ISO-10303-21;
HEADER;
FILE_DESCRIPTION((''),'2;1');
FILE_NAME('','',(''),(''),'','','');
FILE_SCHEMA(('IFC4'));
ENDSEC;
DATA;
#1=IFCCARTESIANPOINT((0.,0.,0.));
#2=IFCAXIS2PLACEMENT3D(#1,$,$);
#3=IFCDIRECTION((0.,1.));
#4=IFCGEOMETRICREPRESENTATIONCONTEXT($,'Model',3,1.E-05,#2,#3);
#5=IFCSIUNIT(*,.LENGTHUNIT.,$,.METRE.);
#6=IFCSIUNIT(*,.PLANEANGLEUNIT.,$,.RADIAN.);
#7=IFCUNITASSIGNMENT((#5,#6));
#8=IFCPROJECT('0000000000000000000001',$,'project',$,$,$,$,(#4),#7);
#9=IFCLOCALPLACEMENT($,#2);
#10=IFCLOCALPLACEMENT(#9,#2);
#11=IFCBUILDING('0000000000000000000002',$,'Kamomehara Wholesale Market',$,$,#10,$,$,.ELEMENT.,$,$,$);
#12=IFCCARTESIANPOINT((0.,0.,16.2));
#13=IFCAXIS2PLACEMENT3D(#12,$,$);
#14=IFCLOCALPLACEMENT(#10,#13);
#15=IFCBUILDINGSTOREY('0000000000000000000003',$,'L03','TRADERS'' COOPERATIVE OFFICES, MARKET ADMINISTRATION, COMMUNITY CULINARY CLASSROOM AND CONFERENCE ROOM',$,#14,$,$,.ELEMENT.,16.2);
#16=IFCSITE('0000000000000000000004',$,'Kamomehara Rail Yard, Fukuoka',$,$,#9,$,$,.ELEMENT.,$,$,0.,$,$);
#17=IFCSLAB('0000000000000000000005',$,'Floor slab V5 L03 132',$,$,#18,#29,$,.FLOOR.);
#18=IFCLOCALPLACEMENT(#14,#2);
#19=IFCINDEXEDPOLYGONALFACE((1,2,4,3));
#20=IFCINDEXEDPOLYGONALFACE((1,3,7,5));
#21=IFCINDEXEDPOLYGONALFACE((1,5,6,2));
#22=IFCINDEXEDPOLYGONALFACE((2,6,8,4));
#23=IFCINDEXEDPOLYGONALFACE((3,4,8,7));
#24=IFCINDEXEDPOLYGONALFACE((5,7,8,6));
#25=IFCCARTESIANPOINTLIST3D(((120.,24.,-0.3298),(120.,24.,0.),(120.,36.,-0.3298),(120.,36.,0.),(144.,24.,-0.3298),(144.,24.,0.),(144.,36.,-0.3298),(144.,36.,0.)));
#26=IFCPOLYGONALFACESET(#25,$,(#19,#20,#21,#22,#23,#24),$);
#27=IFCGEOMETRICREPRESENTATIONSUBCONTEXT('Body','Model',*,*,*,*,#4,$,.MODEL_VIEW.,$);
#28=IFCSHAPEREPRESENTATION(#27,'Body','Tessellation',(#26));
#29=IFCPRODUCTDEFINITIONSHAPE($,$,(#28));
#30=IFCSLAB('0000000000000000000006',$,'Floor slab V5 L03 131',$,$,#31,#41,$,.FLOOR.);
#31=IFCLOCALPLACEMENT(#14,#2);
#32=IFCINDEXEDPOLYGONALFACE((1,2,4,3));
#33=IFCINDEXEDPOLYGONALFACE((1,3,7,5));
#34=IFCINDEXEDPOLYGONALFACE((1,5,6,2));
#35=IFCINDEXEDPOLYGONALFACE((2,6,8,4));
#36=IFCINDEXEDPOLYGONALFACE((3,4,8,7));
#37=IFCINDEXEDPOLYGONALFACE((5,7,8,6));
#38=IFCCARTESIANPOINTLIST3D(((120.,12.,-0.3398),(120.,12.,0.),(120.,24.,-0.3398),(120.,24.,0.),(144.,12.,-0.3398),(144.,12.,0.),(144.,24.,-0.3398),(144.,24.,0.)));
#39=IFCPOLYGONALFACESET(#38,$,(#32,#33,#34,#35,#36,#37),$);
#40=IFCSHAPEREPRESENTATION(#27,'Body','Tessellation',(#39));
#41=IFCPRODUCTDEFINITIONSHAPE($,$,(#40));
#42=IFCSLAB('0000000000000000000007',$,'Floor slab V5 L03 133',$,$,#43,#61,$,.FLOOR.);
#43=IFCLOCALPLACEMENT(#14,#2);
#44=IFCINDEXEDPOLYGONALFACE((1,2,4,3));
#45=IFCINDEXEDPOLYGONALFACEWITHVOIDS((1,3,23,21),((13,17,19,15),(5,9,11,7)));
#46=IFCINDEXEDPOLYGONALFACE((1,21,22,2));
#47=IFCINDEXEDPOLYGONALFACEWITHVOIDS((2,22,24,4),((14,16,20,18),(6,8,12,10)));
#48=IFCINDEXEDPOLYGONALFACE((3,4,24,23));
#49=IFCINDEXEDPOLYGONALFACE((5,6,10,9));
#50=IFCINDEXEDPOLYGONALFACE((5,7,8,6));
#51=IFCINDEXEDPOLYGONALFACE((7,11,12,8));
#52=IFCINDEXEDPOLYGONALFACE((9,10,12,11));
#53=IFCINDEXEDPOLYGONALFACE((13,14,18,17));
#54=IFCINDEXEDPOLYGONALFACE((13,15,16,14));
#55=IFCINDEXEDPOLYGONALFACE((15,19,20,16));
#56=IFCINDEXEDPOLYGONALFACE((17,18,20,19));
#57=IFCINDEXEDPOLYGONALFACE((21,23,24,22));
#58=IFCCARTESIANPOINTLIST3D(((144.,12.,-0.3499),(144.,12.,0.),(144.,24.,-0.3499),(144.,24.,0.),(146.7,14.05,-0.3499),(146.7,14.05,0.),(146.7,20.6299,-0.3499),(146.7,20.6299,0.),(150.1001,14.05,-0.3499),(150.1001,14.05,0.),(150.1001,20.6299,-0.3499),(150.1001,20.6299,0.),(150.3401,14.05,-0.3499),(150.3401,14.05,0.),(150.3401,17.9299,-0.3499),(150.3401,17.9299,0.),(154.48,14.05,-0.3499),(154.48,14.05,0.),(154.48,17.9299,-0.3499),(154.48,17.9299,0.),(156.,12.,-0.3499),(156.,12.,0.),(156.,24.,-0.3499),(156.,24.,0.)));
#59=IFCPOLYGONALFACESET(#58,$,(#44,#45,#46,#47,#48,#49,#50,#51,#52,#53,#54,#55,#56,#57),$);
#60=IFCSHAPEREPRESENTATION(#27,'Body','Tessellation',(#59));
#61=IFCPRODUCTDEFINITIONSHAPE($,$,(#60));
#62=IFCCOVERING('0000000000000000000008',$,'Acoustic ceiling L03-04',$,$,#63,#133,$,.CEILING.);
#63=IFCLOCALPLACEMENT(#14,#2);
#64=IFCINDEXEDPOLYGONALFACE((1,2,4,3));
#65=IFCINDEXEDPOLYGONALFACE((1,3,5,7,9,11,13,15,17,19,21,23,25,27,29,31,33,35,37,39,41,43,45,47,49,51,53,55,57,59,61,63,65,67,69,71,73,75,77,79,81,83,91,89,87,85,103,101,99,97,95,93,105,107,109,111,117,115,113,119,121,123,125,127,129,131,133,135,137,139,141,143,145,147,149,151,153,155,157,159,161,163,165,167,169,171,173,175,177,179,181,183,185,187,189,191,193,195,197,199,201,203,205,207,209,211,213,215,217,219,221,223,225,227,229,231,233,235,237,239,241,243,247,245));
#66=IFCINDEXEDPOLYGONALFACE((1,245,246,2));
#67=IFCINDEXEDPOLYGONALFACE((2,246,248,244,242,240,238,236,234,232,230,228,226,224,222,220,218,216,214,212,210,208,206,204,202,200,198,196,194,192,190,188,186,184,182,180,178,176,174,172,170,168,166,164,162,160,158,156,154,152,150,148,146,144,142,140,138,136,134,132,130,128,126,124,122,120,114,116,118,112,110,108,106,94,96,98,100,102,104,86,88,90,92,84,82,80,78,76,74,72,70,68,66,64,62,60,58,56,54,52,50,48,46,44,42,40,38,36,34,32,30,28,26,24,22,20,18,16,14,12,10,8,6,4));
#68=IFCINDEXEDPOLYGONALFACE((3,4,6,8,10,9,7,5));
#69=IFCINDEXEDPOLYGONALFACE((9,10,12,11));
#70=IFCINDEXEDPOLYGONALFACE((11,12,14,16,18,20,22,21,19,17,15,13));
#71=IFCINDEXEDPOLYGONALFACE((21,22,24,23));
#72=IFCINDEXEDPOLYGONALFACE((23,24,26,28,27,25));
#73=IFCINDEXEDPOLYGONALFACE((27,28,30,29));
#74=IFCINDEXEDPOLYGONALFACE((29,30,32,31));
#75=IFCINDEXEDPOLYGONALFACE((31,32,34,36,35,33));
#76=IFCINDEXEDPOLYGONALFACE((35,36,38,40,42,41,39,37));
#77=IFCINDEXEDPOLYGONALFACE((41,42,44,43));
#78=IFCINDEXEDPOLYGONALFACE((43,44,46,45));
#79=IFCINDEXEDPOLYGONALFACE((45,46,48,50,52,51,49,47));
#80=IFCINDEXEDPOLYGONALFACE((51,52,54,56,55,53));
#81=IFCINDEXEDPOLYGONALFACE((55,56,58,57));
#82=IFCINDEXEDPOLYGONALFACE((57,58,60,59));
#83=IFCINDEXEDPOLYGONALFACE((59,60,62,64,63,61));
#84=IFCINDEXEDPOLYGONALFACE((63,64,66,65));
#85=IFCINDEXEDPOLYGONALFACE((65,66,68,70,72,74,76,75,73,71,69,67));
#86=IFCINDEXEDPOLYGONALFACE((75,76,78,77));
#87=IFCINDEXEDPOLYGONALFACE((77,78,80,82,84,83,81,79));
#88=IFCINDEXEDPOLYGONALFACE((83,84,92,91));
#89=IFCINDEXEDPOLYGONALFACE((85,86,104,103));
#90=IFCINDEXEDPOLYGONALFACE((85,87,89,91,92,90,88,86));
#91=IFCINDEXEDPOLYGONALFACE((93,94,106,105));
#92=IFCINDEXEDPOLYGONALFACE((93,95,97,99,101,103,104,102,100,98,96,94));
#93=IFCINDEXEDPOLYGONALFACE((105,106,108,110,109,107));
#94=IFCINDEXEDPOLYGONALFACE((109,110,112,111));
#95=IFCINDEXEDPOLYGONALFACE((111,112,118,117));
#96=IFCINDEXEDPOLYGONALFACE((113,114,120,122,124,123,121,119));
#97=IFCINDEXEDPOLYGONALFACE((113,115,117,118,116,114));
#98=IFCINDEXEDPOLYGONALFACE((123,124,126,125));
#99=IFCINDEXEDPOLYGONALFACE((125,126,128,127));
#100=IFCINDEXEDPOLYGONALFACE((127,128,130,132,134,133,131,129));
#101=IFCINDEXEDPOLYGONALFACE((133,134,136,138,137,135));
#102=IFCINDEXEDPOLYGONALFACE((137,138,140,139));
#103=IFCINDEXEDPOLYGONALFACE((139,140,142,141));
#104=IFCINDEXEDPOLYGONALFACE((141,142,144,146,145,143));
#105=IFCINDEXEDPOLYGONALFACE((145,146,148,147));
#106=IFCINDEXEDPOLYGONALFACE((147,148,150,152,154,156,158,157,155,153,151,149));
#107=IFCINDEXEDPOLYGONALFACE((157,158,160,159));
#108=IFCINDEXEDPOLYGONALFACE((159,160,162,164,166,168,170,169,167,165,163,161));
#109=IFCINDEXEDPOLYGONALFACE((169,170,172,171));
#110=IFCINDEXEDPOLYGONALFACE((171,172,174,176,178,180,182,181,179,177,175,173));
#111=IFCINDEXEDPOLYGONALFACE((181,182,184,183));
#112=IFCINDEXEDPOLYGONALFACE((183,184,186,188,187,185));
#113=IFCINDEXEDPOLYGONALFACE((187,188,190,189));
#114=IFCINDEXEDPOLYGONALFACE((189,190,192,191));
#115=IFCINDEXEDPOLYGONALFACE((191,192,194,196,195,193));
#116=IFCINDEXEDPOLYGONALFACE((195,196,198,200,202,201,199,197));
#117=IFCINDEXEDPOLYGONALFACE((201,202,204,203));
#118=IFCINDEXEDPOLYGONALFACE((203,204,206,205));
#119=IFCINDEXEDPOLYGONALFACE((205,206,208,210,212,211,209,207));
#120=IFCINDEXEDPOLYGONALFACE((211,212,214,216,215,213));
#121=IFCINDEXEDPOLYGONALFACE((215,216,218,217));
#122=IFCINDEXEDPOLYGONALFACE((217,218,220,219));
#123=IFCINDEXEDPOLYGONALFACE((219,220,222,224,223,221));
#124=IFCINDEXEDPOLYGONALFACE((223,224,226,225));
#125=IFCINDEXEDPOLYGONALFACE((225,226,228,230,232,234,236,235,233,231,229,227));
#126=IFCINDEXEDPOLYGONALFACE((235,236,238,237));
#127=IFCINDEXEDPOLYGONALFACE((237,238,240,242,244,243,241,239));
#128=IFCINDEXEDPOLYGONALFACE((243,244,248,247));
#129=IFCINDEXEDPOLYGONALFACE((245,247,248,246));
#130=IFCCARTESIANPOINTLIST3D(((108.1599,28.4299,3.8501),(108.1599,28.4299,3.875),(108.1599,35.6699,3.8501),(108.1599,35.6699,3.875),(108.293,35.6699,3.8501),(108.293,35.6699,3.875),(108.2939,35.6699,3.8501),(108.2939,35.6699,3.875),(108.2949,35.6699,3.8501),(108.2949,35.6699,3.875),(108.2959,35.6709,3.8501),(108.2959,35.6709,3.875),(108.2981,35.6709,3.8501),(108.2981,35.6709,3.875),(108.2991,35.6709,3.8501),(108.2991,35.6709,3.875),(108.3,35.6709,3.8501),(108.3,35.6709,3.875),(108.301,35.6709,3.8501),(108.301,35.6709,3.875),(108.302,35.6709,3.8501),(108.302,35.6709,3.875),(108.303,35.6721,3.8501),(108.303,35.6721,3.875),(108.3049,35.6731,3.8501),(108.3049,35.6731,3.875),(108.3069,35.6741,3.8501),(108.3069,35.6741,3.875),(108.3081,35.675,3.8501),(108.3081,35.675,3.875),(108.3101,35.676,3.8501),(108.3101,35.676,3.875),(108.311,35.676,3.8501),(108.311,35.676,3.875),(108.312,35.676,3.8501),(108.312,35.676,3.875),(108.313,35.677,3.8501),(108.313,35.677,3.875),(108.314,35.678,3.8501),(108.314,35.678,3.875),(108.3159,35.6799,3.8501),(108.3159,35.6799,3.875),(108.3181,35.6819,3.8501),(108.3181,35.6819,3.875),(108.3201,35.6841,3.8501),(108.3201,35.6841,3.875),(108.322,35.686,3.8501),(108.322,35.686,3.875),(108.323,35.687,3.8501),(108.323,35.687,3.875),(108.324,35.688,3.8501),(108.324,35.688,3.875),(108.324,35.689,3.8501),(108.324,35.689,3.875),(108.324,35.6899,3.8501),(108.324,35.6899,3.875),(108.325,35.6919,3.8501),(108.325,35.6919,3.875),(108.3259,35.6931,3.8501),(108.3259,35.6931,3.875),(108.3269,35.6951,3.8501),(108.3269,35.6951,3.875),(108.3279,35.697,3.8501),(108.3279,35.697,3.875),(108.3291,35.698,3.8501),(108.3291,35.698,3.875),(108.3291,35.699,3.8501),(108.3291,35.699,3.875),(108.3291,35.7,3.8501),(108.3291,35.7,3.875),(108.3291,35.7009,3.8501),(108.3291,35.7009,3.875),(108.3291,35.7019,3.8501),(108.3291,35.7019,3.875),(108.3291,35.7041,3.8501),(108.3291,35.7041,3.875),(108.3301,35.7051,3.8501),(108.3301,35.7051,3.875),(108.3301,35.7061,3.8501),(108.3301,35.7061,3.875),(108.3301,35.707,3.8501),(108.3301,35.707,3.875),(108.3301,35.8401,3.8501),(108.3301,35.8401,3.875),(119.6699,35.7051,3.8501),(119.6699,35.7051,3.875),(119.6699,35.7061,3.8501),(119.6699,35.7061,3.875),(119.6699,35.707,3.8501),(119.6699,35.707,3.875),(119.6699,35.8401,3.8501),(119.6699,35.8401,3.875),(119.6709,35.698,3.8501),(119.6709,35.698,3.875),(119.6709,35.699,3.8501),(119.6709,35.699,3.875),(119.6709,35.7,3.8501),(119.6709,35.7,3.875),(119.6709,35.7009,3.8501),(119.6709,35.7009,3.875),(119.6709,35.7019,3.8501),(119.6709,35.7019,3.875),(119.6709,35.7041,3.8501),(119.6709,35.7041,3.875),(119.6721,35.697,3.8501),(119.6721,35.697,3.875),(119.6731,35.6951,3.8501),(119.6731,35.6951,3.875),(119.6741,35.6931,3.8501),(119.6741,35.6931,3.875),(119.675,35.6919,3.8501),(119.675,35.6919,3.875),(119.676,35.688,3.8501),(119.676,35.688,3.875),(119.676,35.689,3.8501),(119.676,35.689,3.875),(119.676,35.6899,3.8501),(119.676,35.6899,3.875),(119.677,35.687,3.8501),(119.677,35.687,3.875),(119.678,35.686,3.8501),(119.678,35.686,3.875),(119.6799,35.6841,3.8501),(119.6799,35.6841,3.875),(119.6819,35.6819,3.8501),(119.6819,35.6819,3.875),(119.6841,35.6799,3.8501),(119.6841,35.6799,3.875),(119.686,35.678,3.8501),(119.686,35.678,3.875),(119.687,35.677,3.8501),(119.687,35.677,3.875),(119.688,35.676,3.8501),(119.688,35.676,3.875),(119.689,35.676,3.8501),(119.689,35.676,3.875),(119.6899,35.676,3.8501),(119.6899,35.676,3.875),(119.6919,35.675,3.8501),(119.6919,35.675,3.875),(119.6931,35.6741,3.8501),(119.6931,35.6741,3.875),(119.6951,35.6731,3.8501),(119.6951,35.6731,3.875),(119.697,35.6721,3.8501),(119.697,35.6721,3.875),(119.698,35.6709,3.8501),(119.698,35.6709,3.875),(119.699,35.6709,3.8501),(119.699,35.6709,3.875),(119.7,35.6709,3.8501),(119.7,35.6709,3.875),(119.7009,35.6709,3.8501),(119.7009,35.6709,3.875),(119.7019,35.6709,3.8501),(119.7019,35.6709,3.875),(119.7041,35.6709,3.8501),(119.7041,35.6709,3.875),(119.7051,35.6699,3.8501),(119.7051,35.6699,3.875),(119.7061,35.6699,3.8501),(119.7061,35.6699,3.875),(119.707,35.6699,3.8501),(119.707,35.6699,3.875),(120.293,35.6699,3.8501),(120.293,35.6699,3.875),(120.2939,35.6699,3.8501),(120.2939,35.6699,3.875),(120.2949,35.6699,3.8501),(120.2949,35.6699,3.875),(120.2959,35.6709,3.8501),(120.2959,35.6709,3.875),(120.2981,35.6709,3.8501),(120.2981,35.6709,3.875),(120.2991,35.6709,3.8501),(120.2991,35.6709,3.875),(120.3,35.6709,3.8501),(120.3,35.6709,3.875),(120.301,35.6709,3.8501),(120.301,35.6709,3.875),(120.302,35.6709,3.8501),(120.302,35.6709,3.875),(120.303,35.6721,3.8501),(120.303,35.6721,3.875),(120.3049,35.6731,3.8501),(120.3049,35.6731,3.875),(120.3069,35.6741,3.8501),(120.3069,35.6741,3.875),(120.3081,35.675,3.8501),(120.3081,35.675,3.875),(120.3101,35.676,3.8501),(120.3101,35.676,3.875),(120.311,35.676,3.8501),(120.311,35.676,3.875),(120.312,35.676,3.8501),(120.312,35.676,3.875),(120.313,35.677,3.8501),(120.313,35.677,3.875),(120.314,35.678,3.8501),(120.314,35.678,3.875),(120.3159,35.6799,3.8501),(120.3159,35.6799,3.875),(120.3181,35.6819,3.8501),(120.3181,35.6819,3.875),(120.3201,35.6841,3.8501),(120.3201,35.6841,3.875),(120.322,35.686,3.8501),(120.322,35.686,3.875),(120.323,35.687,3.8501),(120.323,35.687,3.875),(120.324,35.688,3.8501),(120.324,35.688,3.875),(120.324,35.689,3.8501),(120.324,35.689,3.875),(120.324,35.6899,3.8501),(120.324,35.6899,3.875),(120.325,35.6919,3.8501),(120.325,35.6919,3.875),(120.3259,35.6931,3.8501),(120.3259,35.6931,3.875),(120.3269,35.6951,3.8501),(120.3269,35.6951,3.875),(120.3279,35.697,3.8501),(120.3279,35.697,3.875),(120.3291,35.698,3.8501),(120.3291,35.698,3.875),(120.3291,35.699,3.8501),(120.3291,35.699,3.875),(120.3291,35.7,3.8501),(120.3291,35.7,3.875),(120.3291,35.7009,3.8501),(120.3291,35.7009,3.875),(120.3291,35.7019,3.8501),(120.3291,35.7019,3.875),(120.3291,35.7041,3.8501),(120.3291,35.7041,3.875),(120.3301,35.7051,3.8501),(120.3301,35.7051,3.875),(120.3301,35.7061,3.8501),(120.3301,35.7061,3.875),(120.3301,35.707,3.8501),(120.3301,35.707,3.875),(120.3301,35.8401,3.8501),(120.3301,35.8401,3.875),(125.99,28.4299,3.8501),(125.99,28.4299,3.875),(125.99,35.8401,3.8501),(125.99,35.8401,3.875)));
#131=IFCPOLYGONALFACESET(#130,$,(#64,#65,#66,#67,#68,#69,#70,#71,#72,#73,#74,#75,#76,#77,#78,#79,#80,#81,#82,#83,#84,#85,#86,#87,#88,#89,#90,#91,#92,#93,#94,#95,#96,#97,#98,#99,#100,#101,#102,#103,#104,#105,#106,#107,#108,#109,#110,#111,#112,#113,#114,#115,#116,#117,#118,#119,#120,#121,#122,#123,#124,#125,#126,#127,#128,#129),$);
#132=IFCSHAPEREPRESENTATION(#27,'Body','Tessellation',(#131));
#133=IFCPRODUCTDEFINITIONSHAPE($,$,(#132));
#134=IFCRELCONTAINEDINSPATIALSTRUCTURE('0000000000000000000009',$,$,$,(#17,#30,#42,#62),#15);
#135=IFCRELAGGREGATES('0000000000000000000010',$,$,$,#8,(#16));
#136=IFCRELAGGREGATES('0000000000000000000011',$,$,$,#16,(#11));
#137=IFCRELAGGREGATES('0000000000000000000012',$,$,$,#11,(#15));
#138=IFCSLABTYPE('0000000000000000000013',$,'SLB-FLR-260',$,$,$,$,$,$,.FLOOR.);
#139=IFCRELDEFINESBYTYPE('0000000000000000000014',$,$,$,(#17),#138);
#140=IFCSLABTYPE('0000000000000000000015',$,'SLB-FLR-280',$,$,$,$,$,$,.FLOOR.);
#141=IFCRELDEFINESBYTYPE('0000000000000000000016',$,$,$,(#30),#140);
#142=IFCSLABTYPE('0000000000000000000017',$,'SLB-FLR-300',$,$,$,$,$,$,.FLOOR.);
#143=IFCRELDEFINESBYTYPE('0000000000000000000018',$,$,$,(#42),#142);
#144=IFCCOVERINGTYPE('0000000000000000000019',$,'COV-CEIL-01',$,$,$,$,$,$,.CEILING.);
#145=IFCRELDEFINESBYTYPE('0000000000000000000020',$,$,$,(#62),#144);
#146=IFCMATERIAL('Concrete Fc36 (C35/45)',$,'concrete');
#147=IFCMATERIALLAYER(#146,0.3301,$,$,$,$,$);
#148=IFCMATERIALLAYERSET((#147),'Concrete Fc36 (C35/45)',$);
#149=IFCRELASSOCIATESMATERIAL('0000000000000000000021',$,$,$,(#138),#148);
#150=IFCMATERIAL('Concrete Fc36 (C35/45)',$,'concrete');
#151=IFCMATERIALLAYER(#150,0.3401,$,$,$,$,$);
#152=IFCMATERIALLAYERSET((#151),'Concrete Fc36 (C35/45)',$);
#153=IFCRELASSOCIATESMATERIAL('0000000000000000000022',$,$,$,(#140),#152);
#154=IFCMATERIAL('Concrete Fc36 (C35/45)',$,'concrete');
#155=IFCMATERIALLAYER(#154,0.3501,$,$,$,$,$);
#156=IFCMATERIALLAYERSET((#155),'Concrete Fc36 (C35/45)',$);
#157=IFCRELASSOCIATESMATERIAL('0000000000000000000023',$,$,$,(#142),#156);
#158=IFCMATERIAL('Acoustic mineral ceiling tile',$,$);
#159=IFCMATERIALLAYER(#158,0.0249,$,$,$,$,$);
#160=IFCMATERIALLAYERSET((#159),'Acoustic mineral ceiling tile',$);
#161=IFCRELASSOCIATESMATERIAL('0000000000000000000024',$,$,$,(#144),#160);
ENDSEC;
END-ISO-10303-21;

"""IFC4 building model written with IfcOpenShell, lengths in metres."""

from ifc_helpers import new_model, si_unit, direction, frame, origin, place, context, subcontext, project, spatial, polyline, outline, extrude, material, layer, layer_set, type_object, element, save


model = new_model("IFC4")

# Units and contexts
model_context = context("Model", 3, precision=1e-05, world=origin(), true_north=direction((0.0, 1.0)))
body_context = subcontext(model_context, "Body", "Model", "MODEL_VIEW")
ifc_project = project(units=[si_unit("LENGTHUNIT", "METRE"), si_unit("PLANEANGLEUNIT", "RADIAN")], contexts=[model_context])

# Site, building, storey
site_placement = place(None, origin())
site = spatial("IfcSite", under=ifc_project, at=site_placement, Name="Kamomehara Rail Yard, Fukuoka", CompositionType="ELEMENT", RefElevation=0.0)
building_placement = place(site_placement, origin())
building = spatial("IfcBuilding", under=site, at=building_placement, Name="Kamomehara Wholesale Market", CompositionType="ELEMENT")
storey_placement = place(building_placement, frame((0.0, 0.0, 16.2)))
storey = spatial("IfcBuildingStorey", under=building, at=storey_placement, Name="L03", Description="TRADERS' COOPERATIVE OFFICES, MARKET ADMINISTRATION, COMMUNITY CULINARY CLASSROOM AND CONFERENCE ROOM", CompositionType="ELEMENT", Elevation=16.2)

# Slabs
ifc_material_1 = material(Name="Concrete Fc36 (C35/45)", Category="concrete")
ifc_layer_1 = layer(ifc_material_1, 0.3301)
ifc_layer_set_1 = layer_set([ifc_layer_1], Name="Concrete Fc36 (C35/45)")
slab_type_1 = type_object("IfcSlabType", Name="SLB-FLR-260", PredefinedType="FLOOR", material=ifc_layer_set_1)
slab_1_placement = place(storey_placement, frame((0.0, 0.0, -0.3298)))
element("IfcSlab", 1, at=slab_1_placement, inside=storey, type_object=slab_type_1, Name="Floor slab V5 L03 132", PredefinedType="FLOOR", context=body_context, shape_type="SweptSolid", body=[
    extrude(outline(polyline([(144.0, 24.0), (120.0, 24.0), (120.0, 36.0), (144.0, 36.0), (144.0, 24.0)])), origin(), (0.0, 0.0, 1.0), 0.3298),
])
ifc_material_2 = material(Name="Concrete Fc36 (C35/45)", Category="concrete")
ifc_layer_2 = layer(ifc_material_2, 0.3401)
ifc_layer_set_2 = layer_set([ifc_layer_2], Name="Concrete Fc36 (C35/45)")
slab_type_2 = type_object("IfcSlabType", Name="SLB-FLR-280", PredefinedType="FLOOR", material=ifc_layer_set_2)
slab_2_placement = place(storey_placement, frame((0.0, 0.0, -0.3398)))
element("IfcSlab", 2, at=slab_2_placement, inside=storey, type_object=slab_type_2, Name="Floor slab V5 L03 131", PredefinedType="FLOOR", context=body_context, shape_type="SweptSolid", body=[
    extrude(outline(polyline([(120.0, 24.0), (144.0, 24.0), (144.0, 12.0), (120.0, 12.0), (120.0, 24.0)])), origin(), (0.0, 0.0, 1.0), 0.3398),
])
ifc_material_3 = material(Name="Concrete Fc36 (C35/45)", Category="concrete")
ifc_layer_3 = layer(ifc_material_3, 0.3501)
ifc_layer_set_3 = layer_set([ifc_layer_3], Name="Concrete Fc36 (C35/45)")
slab_type_3 = type_object("IfcSlabType", Name="SLB-FLR-300", PredefinedType="FLOOR", material=ifc_layer_set_3)
slab_3_placement = place(storey_placement, frame((0.0, 0.0, -0.3499)))
element("IfcSlab", 3, at=slab_3_placement, inside=storey, type_object=slab_type_3, Name="Floor slab V5 L03 133", PredefinedType="FLOOR", context=body_context, shape_type="SweptSolid", body=[
    extrude(outline(polyline([(156.0, 12.0), (144.0, 12.0), (144.0, 24.0), (156.0, 24.0), (156.0, 12.0)]), holes=[polyline([(150.1001, 14.05), (150.1001, 20.6299), (146.7, 20.6299), (146.7, 14.05), (150.1001, 14.05)]), polyline([(154.48, 14.05), (154.48, 17.9299), (150.3401, 17.9299), (150.3401, 14.05), (154.48, 14.05)])]), origin(), (0.0, 0.0, 1.0), 0.3499),
])

# Covering
ifc_material_4 = material(Name="Acoustic mineral ceiling tile")
ifc_layer_4 = layer(ifc_material_4, 0.0249)
ifc_layer_set_4 = layer_set([ifc_layer_4], Name="Acoustic mineral ceiling tile")
covering_type_1 = type_object("IfcCoveringType", Name="COV-CEIL-01", PredefinedType="CEILING", material=ifc_layer_set_4)
covering_1_placement = place(storey_placement, frame((0.0, 0.0, 3.8501)))
element("IfcCovering", 4, at=covering_1_placement, inside=storey, type_object=covering_type_1, Name="Acoustic ceiling L03-04", PredefinedType="CEILING", context=body_context, shape_type="SweptSolid", body=[
    extrude(outline(polyline([(108.3069, 35.6741), (108.3081, 35.675), (108.3101, 35.676), (108.311, 35.676), (108.312, 35.676), (108.313, 35.677), (108.313, 35.677), (108.314, 35.678), (108.3159, 35.6799), (108.3181, 35.6819), (108.3201, 35.6841), (108.322, 35.686), (108.323, 35.687), (108.323, 35.687), (108.324, 35.688), (108.324, 35.689), (108.324, 35.6899), (108.325, 35.6919), (108.3259, 35.6931), (108.3269, 35.6951), (108.3279, 35.697), (108.3279, 35.697), (108.3291, 35.698), (108.3291, 35.699), (108.3291, 35.7), (108.3291, 35.7009), (108.3291, 35.7019), (108.3291, 35.7041), (108.3301, 35.7051), (108.3301, 35.7061), (108.3301, 35.707), (108.3301, 35.8401), (119.6699, 35.8401), (119.6699, 35.707), (119.6699, 35.7061), (119.6699, 35.7051), (119.6709, 35.7041), (119.6709, 35.7019), (119.6709, 35.7009), (119.6709, 35.7), (119.6709, 35.699), (119.6709, 35.698), (119.6721, 35.697), (119.6721, 35.697), (119.6731, 35.6951), (119.6741, 35.6931), (119.675, 35.6919), (119.676, 35.6899), (119.676, 35.689), (119.676, 35.688), (119.677, 35.687), (119.677, 35.687), (119.678, 35.686), (119.6799, 35.6841), (119.6819, 35.6819), (119.6841, 35.6799), (119.686, 35.678), (119.687, 35.677), (119.687, 35.677), (119.688, 35.676), (119.689, 35.676), (119.6899, 35.676), (119.6919, 35.675), (119.6931, 35.6741), (119.6951, 35.6731), (119.697, 35.6721), (119.697, 35.6721), (119.698, 35.6709), (119.699, 35.6709), (119.7, 35.6709), (119.7009, 35.6709), (119.7019, 35.6709), (119.7041, 35.6709), (119.7051, 35.6699), (119.7061, 35.6699), (119.707, 35.6699), (120.293, 35.6699), (120.2939, 35.6699), (120.2949, 35.6699), (120.2959, 35.6709), (120.2981, 35.6709), (120.2991, 35.6709), (120.3, 35.6709), (120.301, 35.6709), (120.302, 35.6709), (120.303, 35.6721), (120.303, 35.6721), (120.3049, 35.6731), (120.3069, 35.6741), (120.3081, 35.675), (120.3101, 35.676), (120.311, 35.676), (120.312, 35.676), (120.313, 35.677), (120.313, 35.677), (120.314, 35.678), (120.3159, 35.6799), (120.3181, 35.6819), (120.3201, 35.6841), (120.322, 35.686), (120.323, 35.687), (120.323, 35.687), (120.324, 35.688), (120.324, 35.689), (120.324, 35.6899), (120.325, 35.6919), (120.3259, 35.6931), (120.3269, 35.6951), (120.3279, 35.697), (120.3279, 35.697), (120.3291, 35.698), (120.3291, 35.699), (120.3291, 35.7), (120.3291, 35.7009), (120.3291, 35.7019), (120.3291, 35.7041), (120.3301, 35.7051), (120.3301, 35.7061), (120.3301, 35.707), (120.3301, 35.8401), (125.99, 35.8401), (125.99, 28.4299), (108.1599, 28.4299), (108.1599, 35.6699), (108.293, 35.6699), (108.2939, 35.6699), (108.2949, 35.6699), (108.2959, 35.6709), (108.2981, 35.6709), (108.2991, 35.6709), (108.3, 35.6709), (108.301, 35.6709), (108.302, 35.6709), (108.303, 35.6721), (108.303, 35.6721), (108.3049, 35.6731), (108.3069, 35.6741)])), origin(), (0.0, 0.0, 1.0), 0.0249),
])

save(model, "model.ifc")
